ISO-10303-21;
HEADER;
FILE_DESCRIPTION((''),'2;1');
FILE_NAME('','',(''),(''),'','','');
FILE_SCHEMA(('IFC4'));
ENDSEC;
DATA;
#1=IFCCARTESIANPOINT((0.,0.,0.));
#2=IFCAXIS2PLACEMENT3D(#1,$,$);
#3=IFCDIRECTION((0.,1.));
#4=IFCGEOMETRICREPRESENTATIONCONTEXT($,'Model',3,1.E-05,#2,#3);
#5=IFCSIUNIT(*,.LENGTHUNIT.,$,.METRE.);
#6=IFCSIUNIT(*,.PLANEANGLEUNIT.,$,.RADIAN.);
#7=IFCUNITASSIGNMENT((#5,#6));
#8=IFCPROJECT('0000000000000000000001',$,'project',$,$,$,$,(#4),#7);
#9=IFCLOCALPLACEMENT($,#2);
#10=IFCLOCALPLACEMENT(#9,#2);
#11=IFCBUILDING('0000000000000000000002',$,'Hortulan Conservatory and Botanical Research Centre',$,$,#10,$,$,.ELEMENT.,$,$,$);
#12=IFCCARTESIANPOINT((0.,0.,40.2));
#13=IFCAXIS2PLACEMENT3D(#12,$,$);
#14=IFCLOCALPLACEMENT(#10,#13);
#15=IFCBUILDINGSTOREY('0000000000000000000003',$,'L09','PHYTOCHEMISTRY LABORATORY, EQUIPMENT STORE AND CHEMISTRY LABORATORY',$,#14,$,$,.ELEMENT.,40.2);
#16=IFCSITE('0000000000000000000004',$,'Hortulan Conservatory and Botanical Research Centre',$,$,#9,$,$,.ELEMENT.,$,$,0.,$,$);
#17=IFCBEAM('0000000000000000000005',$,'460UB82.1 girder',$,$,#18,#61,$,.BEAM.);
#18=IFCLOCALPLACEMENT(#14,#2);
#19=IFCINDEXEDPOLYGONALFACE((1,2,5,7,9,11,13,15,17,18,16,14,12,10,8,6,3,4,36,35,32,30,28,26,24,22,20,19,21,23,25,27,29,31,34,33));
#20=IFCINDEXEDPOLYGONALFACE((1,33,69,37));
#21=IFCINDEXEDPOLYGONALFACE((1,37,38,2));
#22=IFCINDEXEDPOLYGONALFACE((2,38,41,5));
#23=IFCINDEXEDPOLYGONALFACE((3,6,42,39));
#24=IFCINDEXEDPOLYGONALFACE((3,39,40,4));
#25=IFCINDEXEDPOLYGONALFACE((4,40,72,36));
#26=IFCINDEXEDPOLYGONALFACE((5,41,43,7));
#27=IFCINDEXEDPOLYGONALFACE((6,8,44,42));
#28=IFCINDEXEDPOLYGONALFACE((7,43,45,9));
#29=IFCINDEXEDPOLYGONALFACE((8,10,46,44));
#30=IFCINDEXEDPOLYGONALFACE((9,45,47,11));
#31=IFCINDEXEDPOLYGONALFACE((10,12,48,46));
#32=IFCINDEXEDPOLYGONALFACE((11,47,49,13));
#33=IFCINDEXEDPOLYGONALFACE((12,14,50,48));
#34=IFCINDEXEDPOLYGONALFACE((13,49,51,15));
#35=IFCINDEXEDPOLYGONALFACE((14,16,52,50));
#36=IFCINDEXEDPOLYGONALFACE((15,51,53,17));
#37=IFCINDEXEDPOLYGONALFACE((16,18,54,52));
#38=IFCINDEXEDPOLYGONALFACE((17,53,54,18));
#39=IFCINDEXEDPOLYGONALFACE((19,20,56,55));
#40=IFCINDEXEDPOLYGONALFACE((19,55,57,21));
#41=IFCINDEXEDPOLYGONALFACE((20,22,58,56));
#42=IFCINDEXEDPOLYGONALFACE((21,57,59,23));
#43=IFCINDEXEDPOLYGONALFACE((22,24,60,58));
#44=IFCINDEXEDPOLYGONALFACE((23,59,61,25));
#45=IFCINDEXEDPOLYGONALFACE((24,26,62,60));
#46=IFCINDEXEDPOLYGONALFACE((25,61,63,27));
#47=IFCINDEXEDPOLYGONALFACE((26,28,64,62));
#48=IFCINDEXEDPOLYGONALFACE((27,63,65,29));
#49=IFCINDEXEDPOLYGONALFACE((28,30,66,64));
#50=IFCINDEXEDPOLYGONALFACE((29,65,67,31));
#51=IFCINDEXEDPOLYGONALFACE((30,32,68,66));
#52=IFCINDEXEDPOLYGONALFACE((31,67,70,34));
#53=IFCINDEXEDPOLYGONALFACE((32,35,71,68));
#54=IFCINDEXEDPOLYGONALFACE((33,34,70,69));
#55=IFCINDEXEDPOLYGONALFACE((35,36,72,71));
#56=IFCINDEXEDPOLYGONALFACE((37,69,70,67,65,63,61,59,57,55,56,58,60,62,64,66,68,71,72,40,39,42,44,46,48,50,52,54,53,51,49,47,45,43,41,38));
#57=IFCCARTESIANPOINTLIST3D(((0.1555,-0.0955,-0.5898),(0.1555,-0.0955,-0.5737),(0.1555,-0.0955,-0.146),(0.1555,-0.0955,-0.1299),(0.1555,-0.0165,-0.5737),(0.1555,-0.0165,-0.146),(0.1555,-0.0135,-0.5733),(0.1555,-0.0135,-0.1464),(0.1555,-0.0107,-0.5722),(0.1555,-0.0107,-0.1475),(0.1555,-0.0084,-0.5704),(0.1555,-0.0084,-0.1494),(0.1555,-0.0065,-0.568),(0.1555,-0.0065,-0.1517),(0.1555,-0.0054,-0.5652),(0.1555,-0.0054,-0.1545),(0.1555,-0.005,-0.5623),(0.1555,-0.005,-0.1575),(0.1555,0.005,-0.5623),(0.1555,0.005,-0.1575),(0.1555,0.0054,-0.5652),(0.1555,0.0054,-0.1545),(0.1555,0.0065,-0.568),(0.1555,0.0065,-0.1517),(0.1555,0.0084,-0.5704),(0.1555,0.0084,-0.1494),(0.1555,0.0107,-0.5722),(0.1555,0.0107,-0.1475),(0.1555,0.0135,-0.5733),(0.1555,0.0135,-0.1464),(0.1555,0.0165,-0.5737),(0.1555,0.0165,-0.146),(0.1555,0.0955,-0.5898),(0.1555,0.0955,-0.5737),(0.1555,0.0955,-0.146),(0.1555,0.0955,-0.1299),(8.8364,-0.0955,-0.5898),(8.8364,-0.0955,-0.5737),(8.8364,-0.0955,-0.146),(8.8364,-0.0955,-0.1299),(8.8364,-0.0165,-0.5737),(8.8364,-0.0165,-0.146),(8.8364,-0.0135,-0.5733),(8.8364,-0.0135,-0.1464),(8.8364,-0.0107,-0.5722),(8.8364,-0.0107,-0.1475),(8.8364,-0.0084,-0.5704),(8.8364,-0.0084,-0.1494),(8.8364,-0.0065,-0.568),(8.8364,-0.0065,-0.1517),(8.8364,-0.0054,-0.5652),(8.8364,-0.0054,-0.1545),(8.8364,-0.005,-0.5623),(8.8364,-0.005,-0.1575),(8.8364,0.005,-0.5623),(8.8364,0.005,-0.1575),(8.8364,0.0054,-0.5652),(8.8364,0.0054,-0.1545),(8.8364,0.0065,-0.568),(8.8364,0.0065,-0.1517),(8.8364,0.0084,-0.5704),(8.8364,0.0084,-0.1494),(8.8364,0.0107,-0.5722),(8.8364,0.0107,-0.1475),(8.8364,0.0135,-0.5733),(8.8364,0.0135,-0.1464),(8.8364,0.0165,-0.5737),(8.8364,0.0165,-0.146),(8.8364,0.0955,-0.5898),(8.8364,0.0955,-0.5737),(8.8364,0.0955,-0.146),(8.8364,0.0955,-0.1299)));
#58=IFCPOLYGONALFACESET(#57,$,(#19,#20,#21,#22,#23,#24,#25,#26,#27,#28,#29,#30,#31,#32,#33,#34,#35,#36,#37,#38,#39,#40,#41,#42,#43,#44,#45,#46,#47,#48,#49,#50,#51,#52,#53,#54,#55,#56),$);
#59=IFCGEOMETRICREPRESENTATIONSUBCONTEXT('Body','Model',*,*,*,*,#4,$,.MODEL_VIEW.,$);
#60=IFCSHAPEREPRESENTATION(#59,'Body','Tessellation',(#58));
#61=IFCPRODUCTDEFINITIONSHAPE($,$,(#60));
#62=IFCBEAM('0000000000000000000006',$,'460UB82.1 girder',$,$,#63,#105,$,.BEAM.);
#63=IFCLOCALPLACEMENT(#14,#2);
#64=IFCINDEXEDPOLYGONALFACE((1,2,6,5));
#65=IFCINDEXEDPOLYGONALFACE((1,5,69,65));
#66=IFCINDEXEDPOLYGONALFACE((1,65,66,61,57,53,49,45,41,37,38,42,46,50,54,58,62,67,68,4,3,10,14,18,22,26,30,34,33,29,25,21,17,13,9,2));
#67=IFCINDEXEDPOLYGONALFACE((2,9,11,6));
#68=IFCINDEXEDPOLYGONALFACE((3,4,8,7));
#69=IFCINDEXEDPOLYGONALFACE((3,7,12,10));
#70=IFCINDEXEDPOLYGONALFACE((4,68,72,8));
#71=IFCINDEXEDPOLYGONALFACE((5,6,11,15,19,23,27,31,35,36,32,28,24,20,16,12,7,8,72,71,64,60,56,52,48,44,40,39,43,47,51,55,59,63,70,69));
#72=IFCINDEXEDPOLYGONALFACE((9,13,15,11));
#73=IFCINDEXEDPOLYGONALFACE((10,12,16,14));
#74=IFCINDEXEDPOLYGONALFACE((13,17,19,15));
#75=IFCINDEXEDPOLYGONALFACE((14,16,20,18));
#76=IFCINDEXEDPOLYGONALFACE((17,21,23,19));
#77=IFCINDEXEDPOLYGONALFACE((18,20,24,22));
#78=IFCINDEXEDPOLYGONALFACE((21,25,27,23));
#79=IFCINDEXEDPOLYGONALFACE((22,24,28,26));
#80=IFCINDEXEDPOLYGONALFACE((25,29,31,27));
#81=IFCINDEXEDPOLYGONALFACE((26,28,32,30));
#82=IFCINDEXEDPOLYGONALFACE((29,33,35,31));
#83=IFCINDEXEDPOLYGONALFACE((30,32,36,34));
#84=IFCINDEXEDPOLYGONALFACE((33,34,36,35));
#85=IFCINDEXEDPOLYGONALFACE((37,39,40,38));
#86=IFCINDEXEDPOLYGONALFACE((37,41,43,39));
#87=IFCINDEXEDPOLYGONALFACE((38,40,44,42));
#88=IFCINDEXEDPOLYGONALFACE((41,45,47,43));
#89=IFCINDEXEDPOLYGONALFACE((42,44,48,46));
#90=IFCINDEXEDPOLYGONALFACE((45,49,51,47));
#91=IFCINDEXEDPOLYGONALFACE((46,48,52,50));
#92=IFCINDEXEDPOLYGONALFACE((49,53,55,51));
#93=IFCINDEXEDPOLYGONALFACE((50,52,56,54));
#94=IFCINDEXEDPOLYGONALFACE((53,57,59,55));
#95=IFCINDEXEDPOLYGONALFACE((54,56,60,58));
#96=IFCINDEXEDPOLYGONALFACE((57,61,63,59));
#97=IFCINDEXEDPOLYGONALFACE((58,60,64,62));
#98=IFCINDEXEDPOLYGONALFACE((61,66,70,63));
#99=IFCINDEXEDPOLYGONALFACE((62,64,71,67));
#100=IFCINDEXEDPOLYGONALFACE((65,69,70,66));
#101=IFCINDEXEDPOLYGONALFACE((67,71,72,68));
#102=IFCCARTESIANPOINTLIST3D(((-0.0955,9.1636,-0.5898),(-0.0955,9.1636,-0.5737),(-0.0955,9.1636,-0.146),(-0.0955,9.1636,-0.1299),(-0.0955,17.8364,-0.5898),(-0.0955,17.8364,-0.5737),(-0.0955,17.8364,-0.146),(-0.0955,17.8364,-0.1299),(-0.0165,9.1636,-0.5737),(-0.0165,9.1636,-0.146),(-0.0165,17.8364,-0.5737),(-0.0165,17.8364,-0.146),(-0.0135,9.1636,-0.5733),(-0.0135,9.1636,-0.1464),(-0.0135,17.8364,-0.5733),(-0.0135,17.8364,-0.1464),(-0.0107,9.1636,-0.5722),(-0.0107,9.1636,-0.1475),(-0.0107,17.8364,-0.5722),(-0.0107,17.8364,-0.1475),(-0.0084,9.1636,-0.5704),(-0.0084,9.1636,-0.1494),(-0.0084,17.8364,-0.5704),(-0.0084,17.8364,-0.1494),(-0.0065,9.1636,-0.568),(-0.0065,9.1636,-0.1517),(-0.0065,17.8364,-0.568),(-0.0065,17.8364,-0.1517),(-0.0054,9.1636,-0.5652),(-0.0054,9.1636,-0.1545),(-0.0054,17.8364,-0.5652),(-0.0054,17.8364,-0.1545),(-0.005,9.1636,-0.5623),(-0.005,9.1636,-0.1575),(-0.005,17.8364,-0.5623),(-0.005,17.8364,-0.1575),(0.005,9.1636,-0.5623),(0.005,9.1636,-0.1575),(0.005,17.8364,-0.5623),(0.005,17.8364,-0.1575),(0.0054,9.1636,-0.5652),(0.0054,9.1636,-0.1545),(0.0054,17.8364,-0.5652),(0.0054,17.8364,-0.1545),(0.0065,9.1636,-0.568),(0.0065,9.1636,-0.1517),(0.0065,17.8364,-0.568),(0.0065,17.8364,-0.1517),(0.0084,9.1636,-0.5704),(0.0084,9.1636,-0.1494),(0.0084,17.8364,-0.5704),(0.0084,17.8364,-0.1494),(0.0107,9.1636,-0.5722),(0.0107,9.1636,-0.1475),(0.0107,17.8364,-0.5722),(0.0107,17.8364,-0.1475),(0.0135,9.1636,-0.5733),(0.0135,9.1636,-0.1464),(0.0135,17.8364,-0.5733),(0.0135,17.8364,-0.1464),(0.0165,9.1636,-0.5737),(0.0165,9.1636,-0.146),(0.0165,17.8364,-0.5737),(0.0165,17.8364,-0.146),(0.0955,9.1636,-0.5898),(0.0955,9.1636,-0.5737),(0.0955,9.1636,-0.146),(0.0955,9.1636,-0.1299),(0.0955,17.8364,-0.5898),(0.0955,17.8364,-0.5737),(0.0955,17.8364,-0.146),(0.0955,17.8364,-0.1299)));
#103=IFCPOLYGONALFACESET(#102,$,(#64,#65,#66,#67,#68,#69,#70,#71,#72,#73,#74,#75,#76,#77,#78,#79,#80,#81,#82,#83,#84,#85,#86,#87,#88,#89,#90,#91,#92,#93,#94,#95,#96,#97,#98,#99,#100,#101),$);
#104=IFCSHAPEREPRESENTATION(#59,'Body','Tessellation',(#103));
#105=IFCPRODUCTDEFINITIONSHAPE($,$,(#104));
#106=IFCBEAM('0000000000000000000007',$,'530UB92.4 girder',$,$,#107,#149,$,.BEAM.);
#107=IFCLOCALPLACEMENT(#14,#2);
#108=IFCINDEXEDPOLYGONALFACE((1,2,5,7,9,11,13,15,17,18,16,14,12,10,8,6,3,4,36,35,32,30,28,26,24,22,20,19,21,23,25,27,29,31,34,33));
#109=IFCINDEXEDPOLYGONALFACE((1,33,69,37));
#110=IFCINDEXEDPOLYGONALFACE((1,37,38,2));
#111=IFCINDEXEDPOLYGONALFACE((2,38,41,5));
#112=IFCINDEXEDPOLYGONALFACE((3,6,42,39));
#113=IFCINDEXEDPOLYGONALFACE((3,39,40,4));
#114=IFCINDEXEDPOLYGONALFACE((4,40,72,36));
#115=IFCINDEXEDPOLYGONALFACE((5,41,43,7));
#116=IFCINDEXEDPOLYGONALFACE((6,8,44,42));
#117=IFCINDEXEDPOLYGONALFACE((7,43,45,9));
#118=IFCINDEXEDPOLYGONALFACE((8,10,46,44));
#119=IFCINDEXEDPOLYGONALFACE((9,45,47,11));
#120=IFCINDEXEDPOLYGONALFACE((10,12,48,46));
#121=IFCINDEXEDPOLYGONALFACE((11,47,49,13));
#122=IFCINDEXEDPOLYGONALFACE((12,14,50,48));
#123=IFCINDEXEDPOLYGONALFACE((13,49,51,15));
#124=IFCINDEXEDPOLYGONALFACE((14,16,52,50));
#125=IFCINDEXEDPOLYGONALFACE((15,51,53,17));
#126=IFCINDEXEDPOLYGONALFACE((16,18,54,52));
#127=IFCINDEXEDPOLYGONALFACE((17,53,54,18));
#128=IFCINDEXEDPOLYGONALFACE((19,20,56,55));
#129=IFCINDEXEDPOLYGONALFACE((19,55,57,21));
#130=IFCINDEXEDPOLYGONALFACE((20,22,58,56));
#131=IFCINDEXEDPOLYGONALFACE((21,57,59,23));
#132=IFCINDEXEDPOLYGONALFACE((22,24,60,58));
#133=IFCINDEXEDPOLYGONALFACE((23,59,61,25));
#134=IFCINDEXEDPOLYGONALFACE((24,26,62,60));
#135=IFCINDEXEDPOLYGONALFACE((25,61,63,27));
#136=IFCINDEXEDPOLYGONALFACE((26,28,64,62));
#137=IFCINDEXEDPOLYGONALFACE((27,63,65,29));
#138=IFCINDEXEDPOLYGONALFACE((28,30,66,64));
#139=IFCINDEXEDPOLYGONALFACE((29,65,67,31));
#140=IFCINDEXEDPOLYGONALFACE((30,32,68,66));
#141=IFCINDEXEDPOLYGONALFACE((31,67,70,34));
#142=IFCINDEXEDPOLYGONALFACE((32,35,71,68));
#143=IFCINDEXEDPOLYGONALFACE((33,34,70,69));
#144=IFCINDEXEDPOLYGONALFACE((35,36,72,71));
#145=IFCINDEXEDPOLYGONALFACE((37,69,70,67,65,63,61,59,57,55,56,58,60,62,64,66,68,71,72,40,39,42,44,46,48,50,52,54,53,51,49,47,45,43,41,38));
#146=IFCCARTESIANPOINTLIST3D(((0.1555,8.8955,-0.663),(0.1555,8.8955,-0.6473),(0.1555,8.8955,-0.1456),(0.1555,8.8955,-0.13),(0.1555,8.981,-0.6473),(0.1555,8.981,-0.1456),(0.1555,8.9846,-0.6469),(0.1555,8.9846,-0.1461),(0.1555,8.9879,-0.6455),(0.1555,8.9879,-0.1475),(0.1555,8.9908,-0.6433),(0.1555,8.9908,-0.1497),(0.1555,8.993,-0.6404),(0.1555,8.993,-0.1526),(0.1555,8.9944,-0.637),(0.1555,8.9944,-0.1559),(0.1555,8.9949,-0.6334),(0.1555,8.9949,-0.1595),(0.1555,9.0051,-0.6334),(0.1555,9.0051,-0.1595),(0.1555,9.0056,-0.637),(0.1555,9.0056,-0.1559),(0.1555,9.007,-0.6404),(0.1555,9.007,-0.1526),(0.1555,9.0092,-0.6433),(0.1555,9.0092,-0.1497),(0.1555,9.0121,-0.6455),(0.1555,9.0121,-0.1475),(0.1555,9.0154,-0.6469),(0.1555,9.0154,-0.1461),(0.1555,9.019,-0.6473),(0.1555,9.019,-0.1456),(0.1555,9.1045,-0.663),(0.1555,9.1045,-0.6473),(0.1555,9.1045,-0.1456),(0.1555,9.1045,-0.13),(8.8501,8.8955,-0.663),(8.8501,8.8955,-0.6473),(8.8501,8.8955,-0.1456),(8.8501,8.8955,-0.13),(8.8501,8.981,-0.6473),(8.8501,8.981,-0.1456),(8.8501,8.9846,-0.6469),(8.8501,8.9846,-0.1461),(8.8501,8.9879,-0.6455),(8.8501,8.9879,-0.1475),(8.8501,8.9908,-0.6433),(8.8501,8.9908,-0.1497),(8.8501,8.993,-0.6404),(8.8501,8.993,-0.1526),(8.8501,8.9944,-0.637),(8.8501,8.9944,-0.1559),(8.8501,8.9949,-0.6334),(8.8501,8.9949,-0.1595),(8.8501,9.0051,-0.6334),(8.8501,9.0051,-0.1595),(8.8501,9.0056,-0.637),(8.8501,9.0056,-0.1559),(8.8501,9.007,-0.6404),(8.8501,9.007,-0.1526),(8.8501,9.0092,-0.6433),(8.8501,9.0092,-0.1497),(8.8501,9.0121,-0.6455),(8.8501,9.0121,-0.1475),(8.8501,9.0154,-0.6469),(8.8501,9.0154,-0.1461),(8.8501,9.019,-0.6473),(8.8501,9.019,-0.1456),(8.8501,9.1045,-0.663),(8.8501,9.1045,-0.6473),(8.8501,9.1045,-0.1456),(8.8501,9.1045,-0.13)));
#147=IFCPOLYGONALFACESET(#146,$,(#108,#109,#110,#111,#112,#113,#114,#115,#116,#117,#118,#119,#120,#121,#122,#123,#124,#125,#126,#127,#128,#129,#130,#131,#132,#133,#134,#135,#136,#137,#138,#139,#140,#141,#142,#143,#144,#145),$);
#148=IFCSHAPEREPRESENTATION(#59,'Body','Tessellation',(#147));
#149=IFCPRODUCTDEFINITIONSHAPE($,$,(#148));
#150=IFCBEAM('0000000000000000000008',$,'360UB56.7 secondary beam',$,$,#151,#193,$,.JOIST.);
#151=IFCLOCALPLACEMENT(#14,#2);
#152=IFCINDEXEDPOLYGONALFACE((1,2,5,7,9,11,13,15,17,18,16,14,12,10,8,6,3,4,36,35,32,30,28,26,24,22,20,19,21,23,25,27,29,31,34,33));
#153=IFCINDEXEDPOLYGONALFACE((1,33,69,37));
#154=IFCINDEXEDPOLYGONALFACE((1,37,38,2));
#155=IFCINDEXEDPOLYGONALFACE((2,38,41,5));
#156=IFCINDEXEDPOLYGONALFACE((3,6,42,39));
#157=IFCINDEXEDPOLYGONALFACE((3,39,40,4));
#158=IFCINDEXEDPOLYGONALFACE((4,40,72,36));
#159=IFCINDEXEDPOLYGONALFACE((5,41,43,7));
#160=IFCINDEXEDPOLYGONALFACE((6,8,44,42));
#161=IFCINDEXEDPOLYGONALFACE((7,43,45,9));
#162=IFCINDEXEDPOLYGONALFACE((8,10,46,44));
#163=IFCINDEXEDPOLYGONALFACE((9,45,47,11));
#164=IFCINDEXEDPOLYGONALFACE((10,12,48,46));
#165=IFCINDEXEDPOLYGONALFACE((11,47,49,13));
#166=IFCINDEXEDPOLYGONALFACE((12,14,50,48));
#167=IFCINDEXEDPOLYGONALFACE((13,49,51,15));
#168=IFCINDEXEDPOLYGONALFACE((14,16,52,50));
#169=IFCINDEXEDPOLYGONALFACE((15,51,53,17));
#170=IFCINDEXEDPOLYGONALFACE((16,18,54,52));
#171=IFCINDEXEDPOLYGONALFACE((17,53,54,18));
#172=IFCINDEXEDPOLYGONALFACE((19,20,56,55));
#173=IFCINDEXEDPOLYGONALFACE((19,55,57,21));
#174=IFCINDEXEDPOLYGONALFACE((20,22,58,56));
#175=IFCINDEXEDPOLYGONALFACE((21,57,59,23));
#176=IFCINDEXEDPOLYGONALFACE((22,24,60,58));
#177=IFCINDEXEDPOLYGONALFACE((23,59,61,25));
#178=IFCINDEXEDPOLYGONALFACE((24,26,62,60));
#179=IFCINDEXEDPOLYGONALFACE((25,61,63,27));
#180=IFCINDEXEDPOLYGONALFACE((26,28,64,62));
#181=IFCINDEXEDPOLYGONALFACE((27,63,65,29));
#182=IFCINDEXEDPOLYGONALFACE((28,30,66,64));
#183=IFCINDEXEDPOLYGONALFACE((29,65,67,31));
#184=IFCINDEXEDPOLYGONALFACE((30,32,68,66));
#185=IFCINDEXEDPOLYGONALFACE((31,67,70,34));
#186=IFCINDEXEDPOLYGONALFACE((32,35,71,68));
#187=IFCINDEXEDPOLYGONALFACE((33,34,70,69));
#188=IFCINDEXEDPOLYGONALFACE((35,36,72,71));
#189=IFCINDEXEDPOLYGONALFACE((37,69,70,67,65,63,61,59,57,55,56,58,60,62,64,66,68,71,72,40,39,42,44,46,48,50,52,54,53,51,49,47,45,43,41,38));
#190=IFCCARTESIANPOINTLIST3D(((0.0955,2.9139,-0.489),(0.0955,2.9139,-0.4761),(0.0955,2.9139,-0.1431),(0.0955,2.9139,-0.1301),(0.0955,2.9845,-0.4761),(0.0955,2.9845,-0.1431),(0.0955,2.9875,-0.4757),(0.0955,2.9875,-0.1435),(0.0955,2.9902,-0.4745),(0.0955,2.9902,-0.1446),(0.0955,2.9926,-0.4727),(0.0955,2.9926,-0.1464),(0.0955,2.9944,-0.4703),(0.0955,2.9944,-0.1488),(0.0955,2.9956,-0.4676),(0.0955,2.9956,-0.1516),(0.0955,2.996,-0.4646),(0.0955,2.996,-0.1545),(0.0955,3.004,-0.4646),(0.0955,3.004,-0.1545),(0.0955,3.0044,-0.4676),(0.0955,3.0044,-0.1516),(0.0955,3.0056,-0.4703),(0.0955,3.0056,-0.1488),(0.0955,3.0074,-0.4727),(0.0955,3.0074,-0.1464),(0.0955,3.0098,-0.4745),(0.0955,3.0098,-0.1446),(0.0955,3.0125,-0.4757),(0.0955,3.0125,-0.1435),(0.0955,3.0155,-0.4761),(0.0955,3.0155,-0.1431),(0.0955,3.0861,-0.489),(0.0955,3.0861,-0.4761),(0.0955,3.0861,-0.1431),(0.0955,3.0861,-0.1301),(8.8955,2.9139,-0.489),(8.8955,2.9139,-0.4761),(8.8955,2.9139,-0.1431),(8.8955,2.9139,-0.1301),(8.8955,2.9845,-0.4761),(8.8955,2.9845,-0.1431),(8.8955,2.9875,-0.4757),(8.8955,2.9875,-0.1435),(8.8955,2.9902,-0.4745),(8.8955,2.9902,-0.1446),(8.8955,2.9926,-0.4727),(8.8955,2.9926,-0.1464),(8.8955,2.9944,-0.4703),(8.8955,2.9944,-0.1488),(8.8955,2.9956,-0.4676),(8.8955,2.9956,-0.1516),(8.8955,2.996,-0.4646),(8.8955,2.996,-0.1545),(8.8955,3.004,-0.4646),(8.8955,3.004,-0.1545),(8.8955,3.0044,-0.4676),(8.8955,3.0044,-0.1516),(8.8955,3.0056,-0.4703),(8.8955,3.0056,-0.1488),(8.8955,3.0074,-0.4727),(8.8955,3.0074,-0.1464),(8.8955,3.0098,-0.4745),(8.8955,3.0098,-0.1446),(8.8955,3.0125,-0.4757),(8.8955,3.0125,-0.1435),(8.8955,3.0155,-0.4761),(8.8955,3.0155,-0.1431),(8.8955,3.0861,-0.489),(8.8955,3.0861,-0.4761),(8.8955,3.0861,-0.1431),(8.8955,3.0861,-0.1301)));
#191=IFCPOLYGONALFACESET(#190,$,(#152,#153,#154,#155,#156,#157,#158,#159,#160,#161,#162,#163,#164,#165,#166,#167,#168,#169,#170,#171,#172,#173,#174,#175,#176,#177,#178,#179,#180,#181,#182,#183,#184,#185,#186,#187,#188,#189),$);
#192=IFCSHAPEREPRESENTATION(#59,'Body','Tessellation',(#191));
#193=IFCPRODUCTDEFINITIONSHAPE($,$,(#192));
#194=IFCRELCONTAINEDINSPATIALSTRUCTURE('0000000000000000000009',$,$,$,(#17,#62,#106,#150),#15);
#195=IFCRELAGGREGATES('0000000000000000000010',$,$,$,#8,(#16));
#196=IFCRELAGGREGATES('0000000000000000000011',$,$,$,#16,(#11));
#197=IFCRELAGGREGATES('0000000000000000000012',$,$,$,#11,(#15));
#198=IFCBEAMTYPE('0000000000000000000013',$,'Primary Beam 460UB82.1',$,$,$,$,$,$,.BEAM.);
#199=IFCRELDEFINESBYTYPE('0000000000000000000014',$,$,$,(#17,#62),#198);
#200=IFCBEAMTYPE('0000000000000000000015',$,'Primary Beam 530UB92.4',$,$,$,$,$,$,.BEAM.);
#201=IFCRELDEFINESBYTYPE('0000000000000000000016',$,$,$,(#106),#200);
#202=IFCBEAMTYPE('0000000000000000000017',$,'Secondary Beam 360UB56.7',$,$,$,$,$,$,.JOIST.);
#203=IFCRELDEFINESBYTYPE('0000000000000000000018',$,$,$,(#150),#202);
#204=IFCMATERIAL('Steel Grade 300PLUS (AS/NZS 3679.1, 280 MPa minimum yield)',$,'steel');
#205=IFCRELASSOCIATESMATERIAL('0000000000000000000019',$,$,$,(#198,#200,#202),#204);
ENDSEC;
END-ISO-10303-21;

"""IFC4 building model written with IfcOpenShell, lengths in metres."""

from ifc_helpers import new_model, si_unit, direction, frame, origin, origin_2d, place, context, subcontext, project, spatial, i_section, extrude, material, material_profile, profile_set, type_object, element, save


model = new_model("IFC4")

# Units and contexts
model_context = context("Model", 3, precision=1e-05, world=origin(), true_north=direction((0.0, 1.0)))
body_context = subcontext(model_context, "Body", "Model", "MODEL_VIEW")
ifc_project = project(units=[si_unit("LENGTHUNIT", "METRE"), si_unit("PLANEANGLEUNIT", "RADIAN")], contexts=[model_context])

# Site, building, storey
site_placement = place(None, origin())
site = spatial("IfcSite", under=ifc_project, at=site_placement, Name="Hortulan Conservatory and Botanical Research Centre", CompositionType="ELEMENT", RefElevation=0.0)
building_placement = place(site_placement, origin())
building = spatial("IfcBuilding", under=site, at=building_placement, Name="Hortulan Conservatory and Botanical Research Centre", CompositionType="ELEMENT")
storey_placement = place(building_placement, frame((0.0, 0.0, 40.2)))
storey = spatial("IfcBuildingStorey", under=building, at=storey_placement, Name="L09", Description="PHYTOCHEMISTRY LABORATORY, EQUIPMENT STORE AND CHEMISTRY LABORATORY", CompositionType="ELEMENT", Elevation=40.2)

# Shared definitions
ifc_material_1 = material(Name="Steel Grade 300PLUS (AS/NZS 3679.1, 280 MPa minimum yield)", Category="steel")

# Beams
ifc_material_profile_1 = material_profile(ifc_material_1, i_section(OverallWidth=0.1909, OverallDepth=0.46, WebThickness=0.01, FlangeThickness=0.0161, FilletRadius=0.0115, at=origin_2d()), Name="460UB82.1")
ifc_profile_set_1 = profile_set([ifc_material_profile_1], Name="Steel Grade 300PLUS (AS/NZS 3679.1, 280 MPa minimum yield)")
beam_type_1 = type_object("IfcBeamType", Name="Primary Beam 460UB82.1", PredefinedType="BEAM", material=ifc_profile_set_1)
beam_1_placement = place(storey_placement, frame((0.1555, 0.0, -0.3599), z_axis=(1.0, 0.0, 0.0), x_axis=(0.0, 1.0, 0.0)))
element("IfcBeam", 1, at=beam_1_placement, inside=storey, type_object=beam_type_1, Name="460UB82.1 girder", PredefinedType="BEAM", context=body_context, shape_type="SweptSolid", body=[
    extrude(i_section(OverallWidth=0.1909, OverallDepth=0.46, WebThickness=0.01, FlangeThickness=0.0161, FilletRadius=0.0115, at=origin_2d()), origin(), (0.0, 0.0, 1.0), 8.6809),
])
beam_2_placement = place(storey_placement, frame((0.0, 9.1636, -0.3599), z_axis=(0.0, 1.0, 0.0), x_axis=(-1.0, 0.0, 0.0)))
element("IfcBeam", 2, at=beam_2_placement, inside=storey, type_object=beam_type_1, Name="460UB82.1 girder", PredefinedType="BEAM", context=body_context, shape_type="SweptSolid", body=[
    extrude(i_section(OverallWidth=0.1909, OverallDepth=0.46, WebThickness=0.01, FlangeThickness=0.0161, FilletRadius=0.0115, at=origin_2d()), origin(), (0.0, 0.0, 1.0), 8.6729),
])
ifc_material_profile_2 = material_profile(ifc_material_1, i_section(OverallWidth=0.209, OverallDepth=0.533, WebThickness=0.0103, FlangeThickness=0.0156, FilletRadius=0.0139, at=origin_2d()), Name="530UB92.4")
ifc_profile_set_2 = profile_set([ifc_material_profile_2], Name="Steel Grade 300PLUS (AS/NZS 3679.1, 280 MPa minimum yield)")
beam_type_2 = type_object("IfcBeamType", Name="Primary Beam 530UB92.4", PredefinedType="BEAM", material=ifc_profile_set_2)
beam_3_placement = place(storey_placement, frame((0.1555, 9.0, -0.3965), z_axis=(1.0, 0.0, 0.0), x_axis=(0.0, 1.0, 0.0)))
element("IfcBeam", 3, at=beam_3_placement, inside=storey, type_object=beam_type_2, Name="530UB92.4 girder", PredefinedType="BEAM", context=body_context, shape_type="SweptSolid", body=[
    extrude(i_section(OverallWidth=0.209, OverallDepth=0.533, WebThickness=0.0103, FlangeThickness=0.0156, FilletRadius=0.0139, at=origin_2d()), origin(), (0.0, 0.0, 1.0), 8.6946),
])
ifc_material_profile_3 = material_profile(ifc_material_1, i_section(OverallWidth=0.1721, OverallDepth=0.3589, WebThickness=0.0081, FlangeThickness=0.0129, FilletRadius=0.0115, at=origin_2d()), Name="360UB56.7")
ifc_profile_set_3 = profile_set([ifc_material_profile_3], Name="Steel Grade 300PLUS (AS/NZS 3679.1, 280 MPa minimum yield)")
beam_type_3 = type_object("IfcBeamType", Name="Secondary Beam 360UB56.7", PredefinedType="JOIST", material=ifc_profile_set_3)
for number, where, z_axis, x_axis, name in (
    (4, (0.0955, 3.0, -0.3096), (1.0, 0.0, 0.0), (0.0, 1.0, 0.0), "360UB56.7 secondary beam"),
):
    element("IfcBeam", number, at=place(storey_placement, frame(where, z_axis=z_axis, x_axis=x_axis)), inside=storey, type_object=beam_type_3, Name=name, PredefinedType="JOIST", context=body_context, shape_type="SweptSolid", body=[
        extrude(i_section(OverallWidth=0.1721, OverallDepth=0.3589, WebThickness=0.0081, FlangeThickness=0.0129, FilletRadius=0.0115, at=origin_2d()), origin(), (0.0, 0.0, 1.0), 8.8),
    ])

save(model, "model.ifc")
